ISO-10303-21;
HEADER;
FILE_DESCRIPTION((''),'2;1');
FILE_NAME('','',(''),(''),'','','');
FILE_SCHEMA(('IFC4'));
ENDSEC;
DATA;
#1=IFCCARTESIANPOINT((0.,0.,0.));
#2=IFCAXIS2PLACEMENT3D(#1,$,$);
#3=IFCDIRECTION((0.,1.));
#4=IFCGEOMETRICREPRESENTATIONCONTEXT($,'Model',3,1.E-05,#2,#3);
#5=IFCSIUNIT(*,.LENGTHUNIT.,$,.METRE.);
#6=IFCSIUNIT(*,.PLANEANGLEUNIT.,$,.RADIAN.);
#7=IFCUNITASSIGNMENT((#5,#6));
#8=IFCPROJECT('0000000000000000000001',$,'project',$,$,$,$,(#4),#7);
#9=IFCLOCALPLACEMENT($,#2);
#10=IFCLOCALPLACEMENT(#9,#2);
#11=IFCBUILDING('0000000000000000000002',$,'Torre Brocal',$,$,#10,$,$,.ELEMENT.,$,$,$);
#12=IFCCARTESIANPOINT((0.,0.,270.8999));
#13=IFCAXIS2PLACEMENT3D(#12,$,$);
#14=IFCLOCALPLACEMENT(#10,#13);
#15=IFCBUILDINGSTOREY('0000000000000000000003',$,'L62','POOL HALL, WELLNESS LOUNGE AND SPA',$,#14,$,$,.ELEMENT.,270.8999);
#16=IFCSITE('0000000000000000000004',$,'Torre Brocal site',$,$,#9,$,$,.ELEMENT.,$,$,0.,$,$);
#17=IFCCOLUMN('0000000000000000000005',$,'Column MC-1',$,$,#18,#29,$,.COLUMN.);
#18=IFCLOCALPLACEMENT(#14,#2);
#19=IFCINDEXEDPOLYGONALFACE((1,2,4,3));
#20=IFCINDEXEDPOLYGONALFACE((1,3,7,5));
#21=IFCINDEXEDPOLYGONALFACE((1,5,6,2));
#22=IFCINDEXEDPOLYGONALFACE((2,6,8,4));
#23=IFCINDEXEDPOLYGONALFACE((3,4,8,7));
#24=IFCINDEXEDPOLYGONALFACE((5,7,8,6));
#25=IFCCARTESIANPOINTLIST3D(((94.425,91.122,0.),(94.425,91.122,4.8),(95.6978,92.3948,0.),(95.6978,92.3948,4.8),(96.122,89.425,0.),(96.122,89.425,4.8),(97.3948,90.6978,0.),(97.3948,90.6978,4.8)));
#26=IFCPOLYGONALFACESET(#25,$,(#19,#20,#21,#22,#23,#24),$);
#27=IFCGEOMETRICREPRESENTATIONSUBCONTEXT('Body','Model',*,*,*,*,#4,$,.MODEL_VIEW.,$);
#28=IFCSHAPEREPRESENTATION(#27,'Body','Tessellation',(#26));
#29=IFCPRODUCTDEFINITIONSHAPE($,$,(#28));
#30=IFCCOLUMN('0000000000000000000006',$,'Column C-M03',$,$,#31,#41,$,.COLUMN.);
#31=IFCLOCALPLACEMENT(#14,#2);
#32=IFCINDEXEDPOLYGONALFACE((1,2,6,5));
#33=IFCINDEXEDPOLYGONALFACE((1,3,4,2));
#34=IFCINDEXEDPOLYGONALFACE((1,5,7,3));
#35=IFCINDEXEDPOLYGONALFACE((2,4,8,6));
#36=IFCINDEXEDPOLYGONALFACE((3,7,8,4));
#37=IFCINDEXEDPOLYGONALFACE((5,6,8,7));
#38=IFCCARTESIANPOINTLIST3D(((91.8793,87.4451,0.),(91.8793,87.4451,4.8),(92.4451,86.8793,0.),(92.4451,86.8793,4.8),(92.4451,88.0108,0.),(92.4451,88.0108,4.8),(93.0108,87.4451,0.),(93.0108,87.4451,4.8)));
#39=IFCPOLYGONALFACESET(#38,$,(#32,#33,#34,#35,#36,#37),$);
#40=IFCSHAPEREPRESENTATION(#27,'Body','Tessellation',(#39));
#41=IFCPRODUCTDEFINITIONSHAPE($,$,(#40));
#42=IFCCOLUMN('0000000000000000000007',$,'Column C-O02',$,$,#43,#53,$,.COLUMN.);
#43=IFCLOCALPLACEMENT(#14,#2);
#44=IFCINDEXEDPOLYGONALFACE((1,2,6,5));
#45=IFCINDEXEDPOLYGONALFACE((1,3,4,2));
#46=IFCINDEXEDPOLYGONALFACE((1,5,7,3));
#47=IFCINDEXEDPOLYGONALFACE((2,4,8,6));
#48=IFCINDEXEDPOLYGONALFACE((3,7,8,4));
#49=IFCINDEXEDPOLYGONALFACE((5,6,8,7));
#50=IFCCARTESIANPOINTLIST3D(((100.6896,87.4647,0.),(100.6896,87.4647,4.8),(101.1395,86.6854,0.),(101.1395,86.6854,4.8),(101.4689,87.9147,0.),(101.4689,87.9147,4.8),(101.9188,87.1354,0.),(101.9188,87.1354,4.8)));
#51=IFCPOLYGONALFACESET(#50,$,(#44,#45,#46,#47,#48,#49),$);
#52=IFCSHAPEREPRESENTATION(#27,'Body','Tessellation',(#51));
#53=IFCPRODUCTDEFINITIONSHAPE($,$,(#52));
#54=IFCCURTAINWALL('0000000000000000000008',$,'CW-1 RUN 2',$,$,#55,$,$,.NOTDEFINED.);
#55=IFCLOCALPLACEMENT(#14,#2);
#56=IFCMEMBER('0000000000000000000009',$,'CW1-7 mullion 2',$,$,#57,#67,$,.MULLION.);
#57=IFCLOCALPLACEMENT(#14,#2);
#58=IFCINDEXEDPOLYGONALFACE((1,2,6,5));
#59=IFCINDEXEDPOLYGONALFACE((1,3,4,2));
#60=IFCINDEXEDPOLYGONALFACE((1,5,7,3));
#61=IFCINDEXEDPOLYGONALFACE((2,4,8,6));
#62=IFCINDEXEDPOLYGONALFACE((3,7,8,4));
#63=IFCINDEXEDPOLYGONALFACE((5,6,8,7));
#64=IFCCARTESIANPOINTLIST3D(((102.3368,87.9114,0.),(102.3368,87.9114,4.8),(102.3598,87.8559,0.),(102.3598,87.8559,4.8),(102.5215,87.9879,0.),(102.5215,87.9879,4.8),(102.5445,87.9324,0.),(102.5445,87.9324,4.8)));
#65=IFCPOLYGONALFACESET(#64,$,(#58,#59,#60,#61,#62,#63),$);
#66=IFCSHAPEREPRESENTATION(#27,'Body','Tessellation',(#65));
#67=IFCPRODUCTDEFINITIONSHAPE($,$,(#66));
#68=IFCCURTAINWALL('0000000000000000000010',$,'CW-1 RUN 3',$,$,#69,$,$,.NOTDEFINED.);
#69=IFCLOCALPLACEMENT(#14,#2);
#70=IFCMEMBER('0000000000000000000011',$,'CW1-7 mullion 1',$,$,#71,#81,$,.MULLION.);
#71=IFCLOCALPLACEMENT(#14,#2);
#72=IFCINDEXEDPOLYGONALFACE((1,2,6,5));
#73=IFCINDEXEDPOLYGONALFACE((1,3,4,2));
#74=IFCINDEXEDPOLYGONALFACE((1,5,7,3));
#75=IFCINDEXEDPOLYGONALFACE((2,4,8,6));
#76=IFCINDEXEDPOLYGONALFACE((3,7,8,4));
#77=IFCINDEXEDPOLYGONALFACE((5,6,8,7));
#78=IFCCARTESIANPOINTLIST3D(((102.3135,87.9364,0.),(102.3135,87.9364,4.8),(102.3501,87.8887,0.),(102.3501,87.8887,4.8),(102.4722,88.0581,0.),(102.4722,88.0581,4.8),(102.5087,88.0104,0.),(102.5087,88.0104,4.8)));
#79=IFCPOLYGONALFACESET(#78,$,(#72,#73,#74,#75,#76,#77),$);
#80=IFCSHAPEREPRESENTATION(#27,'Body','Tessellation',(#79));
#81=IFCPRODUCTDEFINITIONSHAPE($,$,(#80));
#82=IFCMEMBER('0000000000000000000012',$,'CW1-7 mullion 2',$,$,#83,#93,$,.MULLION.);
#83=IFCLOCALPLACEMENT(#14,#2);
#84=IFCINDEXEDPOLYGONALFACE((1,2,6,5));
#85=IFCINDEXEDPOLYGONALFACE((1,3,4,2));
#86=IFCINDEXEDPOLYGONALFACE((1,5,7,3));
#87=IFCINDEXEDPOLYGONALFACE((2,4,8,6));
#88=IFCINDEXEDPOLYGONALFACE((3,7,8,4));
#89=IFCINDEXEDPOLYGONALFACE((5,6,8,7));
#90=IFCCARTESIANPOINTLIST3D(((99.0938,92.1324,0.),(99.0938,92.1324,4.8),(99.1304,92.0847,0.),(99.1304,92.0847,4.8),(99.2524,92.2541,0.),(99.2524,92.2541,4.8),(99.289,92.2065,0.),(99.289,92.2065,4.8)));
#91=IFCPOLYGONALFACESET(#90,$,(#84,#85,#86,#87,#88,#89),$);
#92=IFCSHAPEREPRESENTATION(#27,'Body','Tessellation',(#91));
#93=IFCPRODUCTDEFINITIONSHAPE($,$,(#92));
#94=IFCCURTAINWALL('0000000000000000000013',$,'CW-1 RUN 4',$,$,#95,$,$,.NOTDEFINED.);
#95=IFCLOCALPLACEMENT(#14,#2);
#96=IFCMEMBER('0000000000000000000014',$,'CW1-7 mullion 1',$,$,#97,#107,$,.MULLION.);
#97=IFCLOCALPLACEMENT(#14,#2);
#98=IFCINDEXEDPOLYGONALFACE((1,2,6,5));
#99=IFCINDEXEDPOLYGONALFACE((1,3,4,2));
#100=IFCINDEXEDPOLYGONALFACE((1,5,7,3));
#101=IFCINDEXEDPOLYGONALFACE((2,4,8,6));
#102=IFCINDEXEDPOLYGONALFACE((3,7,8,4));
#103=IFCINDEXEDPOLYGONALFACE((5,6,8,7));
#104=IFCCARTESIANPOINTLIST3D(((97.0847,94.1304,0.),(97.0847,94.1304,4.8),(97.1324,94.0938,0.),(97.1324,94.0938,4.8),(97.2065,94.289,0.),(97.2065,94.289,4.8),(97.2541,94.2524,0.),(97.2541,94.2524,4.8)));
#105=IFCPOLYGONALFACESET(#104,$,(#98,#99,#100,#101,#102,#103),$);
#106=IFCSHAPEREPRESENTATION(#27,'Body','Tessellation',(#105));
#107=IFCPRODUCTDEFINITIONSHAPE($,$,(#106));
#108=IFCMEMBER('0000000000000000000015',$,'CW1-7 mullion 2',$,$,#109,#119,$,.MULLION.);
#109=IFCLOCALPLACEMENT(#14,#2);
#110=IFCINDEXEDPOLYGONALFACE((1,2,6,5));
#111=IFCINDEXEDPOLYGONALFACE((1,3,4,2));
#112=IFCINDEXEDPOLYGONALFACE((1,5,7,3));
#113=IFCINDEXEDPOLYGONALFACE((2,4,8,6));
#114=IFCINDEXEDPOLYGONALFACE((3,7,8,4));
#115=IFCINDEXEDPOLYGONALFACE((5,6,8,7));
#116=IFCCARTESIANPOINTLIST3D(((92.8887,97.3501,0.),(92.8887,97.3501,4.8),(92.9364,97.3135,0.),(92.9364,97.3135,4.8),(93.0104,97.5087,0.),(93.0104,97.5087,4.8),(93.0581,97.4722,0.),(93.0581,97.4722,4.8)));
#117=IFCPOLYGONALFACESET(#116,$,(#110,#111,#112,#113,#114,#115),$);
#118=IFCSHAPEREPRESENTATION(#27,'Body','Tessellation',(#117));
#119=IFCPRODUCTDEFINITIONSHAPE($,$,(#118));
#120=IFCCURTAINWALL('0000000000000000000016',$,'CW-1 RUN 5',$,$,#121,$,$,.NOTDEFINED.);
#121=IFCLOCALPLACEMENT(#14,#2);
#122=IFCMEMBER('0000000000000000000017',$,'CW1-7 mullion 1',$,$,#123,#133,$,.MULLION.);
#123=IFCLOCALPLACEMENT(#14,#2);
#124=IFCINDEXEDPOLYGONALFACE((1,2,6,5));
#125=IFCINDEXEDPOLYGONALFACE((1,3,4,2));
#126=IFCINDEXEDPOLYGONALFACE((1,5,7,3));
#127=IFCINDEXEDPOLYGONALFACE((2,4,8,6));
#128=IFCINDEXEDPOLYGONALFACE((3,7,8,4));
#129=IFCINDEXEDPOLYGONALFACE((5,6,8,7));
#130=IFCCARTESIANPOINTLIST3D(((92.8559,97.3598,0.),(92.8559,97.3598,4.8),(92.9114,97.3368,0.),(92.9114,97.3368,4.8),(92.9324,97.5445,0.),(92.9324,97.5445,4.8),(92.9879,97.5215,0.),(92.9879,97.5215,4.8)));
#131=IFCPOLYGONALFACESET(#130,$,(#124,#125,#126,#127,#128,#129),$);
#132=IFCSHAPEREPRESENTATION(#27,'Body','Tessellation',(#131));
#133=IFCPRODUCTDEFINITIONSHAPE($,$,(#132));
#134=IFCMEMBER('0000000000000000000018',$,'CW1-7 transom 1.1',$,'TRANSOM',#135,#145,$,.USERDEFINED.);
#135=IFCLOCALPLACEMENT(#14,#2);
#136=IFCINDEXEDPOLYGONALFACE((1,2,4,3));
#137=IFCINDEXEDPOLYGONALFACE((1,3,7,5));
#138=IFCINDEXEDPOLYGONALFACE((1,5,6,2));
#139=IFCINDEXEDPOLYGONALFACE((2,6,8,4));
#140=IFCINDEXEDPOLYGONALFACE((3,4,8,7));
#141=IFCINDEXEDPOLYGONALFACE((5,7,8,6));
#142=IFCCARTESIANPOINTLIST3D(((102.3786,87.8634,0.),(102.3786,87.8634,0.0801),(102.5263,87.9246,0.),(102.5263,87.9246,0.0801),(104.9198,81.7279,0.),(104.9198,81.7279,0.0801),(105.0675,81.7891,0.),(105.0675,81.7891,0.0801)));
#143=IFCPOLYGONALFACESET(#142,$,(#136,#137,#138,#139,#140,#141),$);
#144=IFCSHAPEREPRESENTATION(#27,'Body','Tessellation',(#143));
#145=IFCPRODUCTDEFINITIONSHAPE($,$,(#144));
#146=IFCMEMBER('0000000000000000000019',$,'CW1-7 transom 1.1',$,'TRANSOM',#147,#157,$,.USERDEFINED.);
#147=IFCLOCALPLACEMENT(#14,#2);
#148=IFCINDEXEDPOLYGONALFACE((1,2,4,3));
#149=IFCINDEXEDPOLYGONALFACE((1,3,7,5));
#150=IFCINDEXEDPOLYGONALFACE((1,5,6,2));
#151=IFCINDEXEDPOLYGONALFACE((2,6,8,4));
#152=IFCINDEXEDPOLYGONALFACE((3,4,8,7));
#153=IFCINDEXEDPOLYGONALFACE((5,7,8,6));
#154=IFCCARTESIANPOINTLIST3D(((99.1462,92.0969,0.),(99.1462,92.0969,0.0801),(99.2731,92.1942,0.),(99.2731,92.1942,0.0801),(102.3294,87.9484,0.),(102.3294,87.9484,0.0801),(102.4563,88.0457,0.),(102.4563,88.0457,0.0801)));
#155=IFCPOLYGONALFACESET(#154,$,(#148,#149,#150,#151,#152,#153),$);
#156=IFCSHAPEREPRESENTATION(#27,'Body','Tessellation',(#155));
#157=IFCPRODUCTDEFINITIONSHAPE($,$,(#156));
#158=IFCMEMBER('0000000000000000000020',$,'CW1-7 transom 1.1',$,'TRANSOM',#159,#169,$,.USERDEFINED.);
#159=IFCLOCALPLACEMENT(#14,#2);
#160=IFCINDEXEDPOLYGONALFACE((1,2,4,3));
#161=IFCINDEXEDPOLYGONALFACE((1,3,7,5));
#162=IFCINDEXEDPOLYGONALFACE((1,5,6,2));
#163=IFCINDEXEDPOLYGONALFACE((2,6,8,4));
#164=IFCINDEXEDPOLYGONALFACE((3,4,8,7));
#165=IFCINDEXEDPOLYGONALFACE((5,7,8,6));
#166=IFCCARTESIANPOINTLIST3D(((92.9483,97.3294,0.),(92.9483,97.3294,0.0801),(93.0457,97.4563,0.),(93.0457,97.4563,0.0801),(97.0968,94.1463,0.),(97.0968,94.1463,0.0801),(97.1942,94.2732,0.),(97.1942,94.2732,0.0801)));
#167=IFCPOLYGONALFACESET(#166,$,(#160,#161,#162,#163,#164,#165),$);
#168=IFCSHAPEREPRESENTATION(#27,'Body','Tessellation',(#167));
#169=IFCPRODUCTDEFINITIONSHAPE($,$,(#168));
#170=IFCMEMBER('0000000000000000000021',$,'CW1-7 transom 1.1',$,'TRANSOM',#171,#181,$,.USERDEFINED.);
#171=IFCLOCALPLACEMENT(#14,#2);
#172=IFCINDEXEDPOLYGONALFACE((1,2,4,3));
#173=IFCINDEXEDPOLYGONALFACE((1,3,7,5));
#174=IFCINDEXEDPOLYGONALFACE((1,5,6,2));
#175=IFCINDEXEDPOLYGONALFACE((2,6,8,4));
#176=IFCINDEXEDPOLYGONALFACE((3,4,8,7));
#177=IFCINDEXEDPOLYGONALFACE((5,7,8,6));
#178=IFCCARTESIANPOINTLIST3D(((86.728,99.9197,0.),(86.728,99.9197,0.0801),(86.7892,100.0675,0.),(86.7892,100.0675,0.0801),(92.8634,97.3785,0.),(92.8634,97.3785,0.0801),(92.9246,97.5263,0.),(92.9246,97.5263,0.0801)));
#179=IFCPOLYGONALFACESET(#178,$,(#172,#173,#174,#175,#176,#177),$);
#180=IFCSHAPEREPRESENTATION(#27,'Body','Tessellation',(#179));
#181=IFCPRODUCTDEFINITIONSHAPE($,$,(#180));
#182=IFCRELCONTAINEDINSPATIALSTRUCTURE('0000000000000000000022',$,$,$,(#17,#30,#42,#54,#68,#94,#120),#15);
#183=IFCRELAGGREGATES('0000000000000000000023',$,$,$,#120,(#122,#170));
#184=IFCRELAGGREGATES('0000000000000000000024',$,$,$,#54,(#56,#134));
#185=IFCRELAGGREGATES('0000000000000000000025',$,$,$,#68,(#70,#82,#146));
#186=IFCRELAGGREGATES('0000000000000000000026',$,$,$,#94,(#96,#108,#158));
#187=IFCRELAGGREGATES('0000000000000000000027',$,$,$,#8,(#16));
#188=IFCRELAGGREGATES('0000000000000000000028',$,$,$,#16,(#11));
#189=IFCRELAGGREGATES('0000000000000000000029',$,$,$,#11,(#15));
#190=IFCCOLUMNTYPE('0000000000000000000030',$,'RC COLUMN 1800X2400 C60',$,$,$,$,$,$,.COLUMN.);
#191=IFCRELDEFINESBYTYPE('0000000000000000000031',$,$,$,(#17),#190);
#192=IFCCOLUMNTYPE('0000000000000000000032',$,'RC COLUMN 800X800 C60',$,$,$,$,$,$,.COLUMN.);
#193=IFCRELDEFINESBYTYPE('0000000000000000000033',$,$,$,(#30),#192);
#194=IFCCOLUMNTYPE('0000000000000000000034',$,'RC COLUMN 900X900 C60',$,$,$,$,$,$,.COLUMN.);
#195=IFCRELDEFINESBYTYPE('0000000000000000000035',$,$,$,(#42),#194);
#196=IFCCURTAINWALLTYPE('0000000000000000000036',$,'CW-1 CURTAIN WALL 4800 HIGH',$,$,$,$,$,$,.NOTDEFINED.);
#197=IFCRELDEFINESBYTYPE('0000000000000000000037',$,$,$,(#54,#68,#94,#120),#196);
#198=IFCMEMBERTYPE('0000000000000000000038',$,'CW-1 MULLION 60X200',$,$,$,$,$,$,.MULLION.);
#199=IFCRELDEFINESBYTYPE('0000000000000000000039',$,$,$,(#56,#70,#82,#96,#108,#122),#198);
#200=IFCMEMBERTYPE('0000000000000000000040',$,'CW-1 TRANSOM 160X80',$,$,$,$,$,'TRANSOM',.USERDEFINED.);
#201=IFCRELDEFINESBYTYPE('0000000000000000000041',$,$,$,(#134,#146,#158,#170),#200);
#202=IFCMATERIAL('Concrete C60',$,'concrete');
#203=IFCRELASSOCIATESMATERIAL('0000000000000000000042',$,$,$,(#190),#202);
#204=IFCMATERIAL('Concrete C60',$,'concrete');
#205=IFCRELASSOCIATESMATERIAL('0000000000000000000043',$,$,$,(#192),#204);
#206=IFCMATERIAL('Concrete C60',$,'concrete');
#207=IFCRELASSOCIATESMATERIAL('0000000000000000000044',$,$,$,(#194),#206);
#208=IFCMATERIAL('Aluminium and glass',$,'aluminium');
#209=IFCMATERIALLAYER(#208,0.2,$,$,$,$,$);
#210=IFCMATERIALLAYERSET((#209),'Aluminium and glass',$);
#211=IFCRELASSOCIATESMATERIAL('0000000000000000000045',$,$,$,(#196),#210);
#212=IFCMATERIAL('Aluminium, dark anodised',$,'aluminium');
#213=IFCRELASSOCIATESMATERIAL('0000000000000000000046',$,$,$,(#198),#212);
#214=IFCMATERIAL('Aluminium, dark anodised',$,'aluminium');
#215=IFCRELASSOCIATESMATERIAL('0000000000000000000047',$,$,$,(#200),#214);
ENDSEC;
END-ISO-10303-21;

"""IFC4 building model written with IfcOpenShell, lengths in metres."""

from ifc_helpers import new_model, si_unit, direction, frame, origin, origin_2d, place, context, subcontext, project, spatial, rectangle, extrude, material, layer, layer_set, material_profile, profile_set, type_object, element, aggregate, save


model = new_model("IFC4")

# Units and contexts
model_context = context("Model", 3, precision=1e-05, world=origin(), true_north=direction((0.0, 1.0)))
body_context = subcontext(model_context, "Body", "Model", "MODEL_VIEW")
ifc_project = project(units=[si_unit("LENGTHUNIT", "METRE"), si_unit("PLANEANGLEUNIT", "RADIAN")], contexts=[model_context])

# Site, building, storey
site_placement = place(None, origin())
site = spatial("IfcSite", under=ifc_project, at=site_placement, Name="Torre Brocal site", CompositionType="ELEMENT", RefElevation=0.0)
building_placement = place(site_placement, origin())
building = spatial("IfcBuilding", under=site, at=building_placement, Name="Torre Brocal", CompositionType="ELEMENT")
storey_placement = place(building_placement, frame((0.0, 0.0, 270.8999)))
storey = spatial("IfcBuildingStorey", under=building, at=storey_placement, Name="L62", Description="POOL HALL, WELLNESS LOUNGE AND SPA", CompositionType="ELEMENT", Elevation=270.8999)

# Columns
ifc_material_1 = material(Name="Concrete C60", Category="concrete")
ifc_material_profile_1 = material_profile(ifc_material_1, rectangle(XDim=1.8, YDim=2.3999, at=origin_2d()), Name="RC 1800X2400")
ifc_profile_set_1 = profile_set([ifc_material_profile_1], Name="Concrete C60")
column_type_1 = type_object("IfcColumnType", Name="RC COLUMN 1800X2400 C60", PredefinedType="COLUMN", material=ifc_profile_set_1)
column_1_placement = place(storey_placement, frame((95.9099, 90.9099, 0.0), z_axis=(0.0, 0.0, 1.0), x_axis=(0.707107, 0.707107, 0.0)))
element("IfcColumn", 1, at=column_1_placement, inside=storey, type_object=column_type_1, Name="Column MC-1", PredefinedType="COLUMN", context=body_context, shape_type="SweptSolid", body=[
    extrude(rectangle(XDim=1.8, YDim=2.3999, at=origin_2d()), origin(), (0.0, 0.0, 1.0), 4.8),
])
ifc_material_2 = material(Name="Concrete C60", Category="concrete")
ifc_material_profile_2 = material_profile(ifc_material_2, rectangle(XDim=0.8, YDim=0.8, at=origin_2d()), Name="RC 800X800")
ifc_profile_set_2 = profile_set([ifc_material_profile_2], Name="Concrete C60")
column_type_2 = type_object("IfcColumnType", Name="RC COLUMN 800X800 C60", PredefinedType="COLUMN", material=ifc_profile_set_2)
column_2_placement = place(storey_placement, frame((92.4451, 87.4451, 0.0), z_axis=(0.0, 0.0, 1.0), x_axis=(0.707107, 0.707107, 0.0)))
element("IfcColumn", 2, at=column_2_placement, inside=storey, type_object=column_type_2, Name="Column C-M03", PredefinedType="COLUMN", context=body_context, shape_type="SweptSolid", body=[
    extrude(rectangle(XDim=0.8, YDim=0.8, at=origin_2d()), origin(), (0.0, 0.0, 1.0), 4.8),
])
ifc_material_3 = material(Name="Concrete C60", Category="concrete")
ifc_material_profile_3 = material_profile(ifc_material_3, rectangle(XDim=0.8999, YDim=0.8999, at=origin_2d()), Name="RC 900X900")
ifc_profile_set_3 = profile_set([ifc_material_profile_3], Name="Concrete C60")
column_type_3 = type_object("IfcColumnType", Name="RC COLUMN 900X900 C60", PredefinedType="COLUMN", material=ifc_profile_set_3)
column_3_placement = place(storey_placement, frame((101.3042, 87.3, 0.0), z_axis=(0.0, 0.0, 1.0), x_axis=(0.866025, 0.5, 0.0)))
element("IfcColumn", 3, at=column_3_placement, inside=storey, type_object=column_type_3, Name="Column C-O02", PredefinedType="COLUMN", context=body_context, shape_type="SweptSolid", body=[
    extrude(rectangle(XDim=0.8999, YDim=0.8999, at=origin_2d()), origin(), (0.0, 0.0, 1.0), 4.8),
])

# Curtain wall, member
ifc_material_4 = material(Name="Aluminium and glass", Category="aluminium")
ifc_layer_1 = layer(ifc_material_4, 0.2)
ifc_layer_set_1 = layer_set([ifc_layer_1], Name="Aluminium and glass")
curtain_wall_type = type_object("IfcCurtainWallType", Name="CW-1 CURTAIN WALL 4800 HIGH", PredefinedType="NOTDEFINED", material=ifc_layer_set_1)
curtain_wall_1_placement = place(storey_placement, origin())
curtain_wall_1 = element("IfcCurtainWall", 4, at=curtain_wall_1_placement, inside=storey, type_object=curtain_wall_type, Name="CW-1 RUN 2", PredefinedType="NOTDEFINED")
ifc_material_5 = material(Name="Aluminium, dark anodised", Category="aluminium")
ifc_material_profile_4 = material_profile(ifc_material_5, rectangle(XDim=0.2, YDim=0.0601, at=origin_2d()), Name="CW-1 MULLION 60X200")
ifc_profile_set_4 = profile_set([ifc_material_profile_4], Name="Aluminium, dark anodised")
member_type_1 = type_object("IfcMemberType", Name="CW-1 MULLION 60X200", PredefinedType="MULLION", material=ifc_profile_set_4)
member_1_placement = place(storey_placement, frame((102.4407, 87.9219, 0.0), z_axis=(0.0, 0.0, 1.0), x_axis=(-0.92388, -0.382683, 0.0)))
member_1 = element("IfcMember", 5, at=member_1_placement, type_object=member_type_1, Name="CW1-7 mullion 2", PredefinedType="MULLION", context=body_context, shape_type="SweptSolid", body=[
    extrude(rectangle(XDim=0.2, YDim=0.0601, at=origin_2d()), origin(), (0.0, 0.0, 1.0), 4.8),
])

# Curtain walls, members
curtain_wall_2_placement = place(storey_placement, origin())
curtain_wall_2 = element("IfcCurtainWall", 6, at=curtain_wall_2_placement, inside=storey, type_object=curtain_wall_type, Name="CW-1 RUN 3", PredefinedType="NOTDEFINED")
member_2_placement = place(storey_placement, frame((102.4111, 87.9734, 0.0), z_axis=(0.0, 0.0, 1.0), x_axis=(-0.793353, -0.608761, 0.0)))
member_2 = element("IfcMember", 7, at=member_2_placement, type_object=member_type_1, Name="CW1-7 mullion 1", PredefinedType="MULLION", context=body_context, shape_type="SweptSolid", body=[
    extrude(rectangle(XDim=0.2, YDim=0.0601, at=origin_2d()), origin(), (0.0, 0.0, 1.0), 4.8),
])
member_3_placement = place(storey_placement, frame((99.1914, 92.1694, 0.0), z_axis=(0.0, 0.0, 1.0), x_axis=(-0.793353, -0.608761, 0.0)))
member_3 = element("IfcMember", 8, at=member_3_placement, type_object=member_type_1, Name="CW1-7 mullion 2", PredefinedType="MULLION", context=body_context, shape_type="SweptSolid", body=[
    extrude(rectangle(XDim=0.2, YDim=0.0601, at=origin_2d()), origin(), (0.0, 0.0, 1.0), 4.8),
])
curtain_wall_3_placement = place(storey_placement, origin())
curtain_wall_3 = element("IfcCurtainWall", 9, at=curtain_wall_3_placement, inside=storey, type_object=curtain_wall_type, Name="CW-1 RUN 4", PredefinedType="NOTDEFINED")
member_4_placement = place(storey_placement, frame((97.1694, 94.1914, 0.0), z_axis=(0.0, 0.0, 1.0), x_axis=(-0.608761, -0.793353, 0.0)))
member_4 = element("IfcMember", 10, at=member_4_placement, type_object=member_type_1, Name="CW1-7 mullion 1", PredefinedType="MULLION", context=body_context, shape_type="SweptSolid", body=[
    extrude(rectangle(XDim=0.2, YDim=0.0601, at=origin_2d()), origin(), (0.0, 0.0, 1.0), 4.8),
])
member_5_placement = place(storey_placement, frame((92.9734, 97.4111, 0.0), z_axis=(0.0, 0.0, 1.0), x_axis=(-0.608761, -0.793353, 0.0)))
member_5 = element("IfcMember", 11, at=member_5_placement, type_object=member_type_1, Name="CW1-7 mullion 2", PredefinedType="MULLION", context=body_context, shape_type="SweptSolid", body=[
    extrude(rectangle(XDim=0.2, YDim=0.0601, at=origin_2d()), origin(), (0.0, 0.0, 1.0), 4.8),
])

# Curtain wall, member
curtain_wall_4_placement = place(storey_placement, origin())
curtain_wall_4 = element("IfcCurtainWall", 12, at=curtain_wall_4_placement, inside=storey, type_object=curtain_wall_type, Name="CW-1 RUN 5", PredefinedType="NOTDEFINED")
member_6_placement = place(storey_placement, frame((92.9219, 97.4407, 0.0), z_axis=(0.0, 0.0, 1.0), x_axis=(-0.382683, -0.92388, 0.0)))
member_6 = element("IfcMember", 13, at=member_6_placement, type_object=member_type_1, Name="CW1-7 mullion 1", PredefinedType="MULLION", context=body_context, shape_type="SweptSolid", body=[
    extrude(rectangle(XDim=0.2, YDim=0.0601, at=origin_2d()), origin(), (0.0, 0.0, 1.0), 4.8),
])

# Members
ifc_material_6 = material(Name="Aluminium, dark anodised", Category="aluminium")
ifc_material_profile_5 = material_profile(ifc_material_6, rectangle(XDim=0.1599, YDim=0.0801, at=origin_2d()), Name="CW-1 TRANSOM 160X80")
ifc_profile_set_5 = profile_set([ifc_material_profile_5], Name="Aluminium, dark anodised")
member_type_2 = type_object("IfcMemberType", Name="CW-1 TRANSOM 160X80", ElementType="TRANSOM", PredefinedType="USERDEFINED", material=ifc_profile_set_5)
member_7_placement = place(storey_placement, frame((104.9937, 81.7585, 0.04), z_axis=(-0.382665, 0.923887, 0.0), x_axis=(-0.923887, -0.382665, 0.0)))
member_7 = element("IfcMember", 14, at=member_7_placement, type_object=member_type_2, Name="CW1-7 transom 1.1", ObjectType="TRANSOM", PredefinedType="USERDEFINED", context=body_context, shape_type="SweptSolid", body=[
    extrude(rectangle(XDim=0.1599, YDim=0.0801, at=origin_2d()), origin(), (0.0, 0.0, 1.0), 6.6409),
])
member_8_placement = place(storey_placement, frame((102.3928, 87.9971, 0.04), z_axis=(-0.608749, 0.793363, 0.0), x_axis=(-0.793363, -0.608749, 0.0)))
member_8 = element("IfcMember", 15, at=member_8_placement, type_object=member_type_2, Name="CW1-7 transom 1.1", ObjectType="TRANSOM", PredefinedType="USERDEFINED", context=body_context, shape_type="SweptSolid", body=[
    extrude(rectangle(XDim=0.1599, YDim=0.0801, at=origin_2d()), origin(), (0.0, 0.0, 1.0), 5.229),
])
member_9_placement = place(storey_placement, frame((97.1455, 94.2097, 0.04), z_axis=(-0.793363, 0.608749, 0.0), x_axis=(-0.608749, -0.793363, 0.0)))
member_9 = element("IfcMember", 16, at=member_9_placement, type_object=member_type_2, Name="CW1-7 transom 1.1", ObjectType="TRANSOM", PredefinedType="USERDEFINED", context=body_context, shape_type="SweptSolid", body=[
    extrude(rectangle(XDim=0.1599, YDim=0.0801, at=origin_2d()), origin(), (0.0, 0.0, 1.0), 5.229),
])
member_10_placement = place(storey_placement, frame((92.894, 97.4524, 0.04), z_axis=(-0.923887, 0.382665, 0.0), x_axis=(-0.382665, -0.923887, 0.0)))
member_10 = element("IfcMember", 17, at=member_10_placement, type_object=member_type_2, Name="CW1-7 transom 1.1", ObjectType="TRANSOM", PredefinedType="USERDEFINED", context=body_context, shape_type="SweptSolid", body=[
    extrude(rectangle(XDim=0.1599, YDim=0.0801, at=origin_2d()), origin(), (0.0, 0.0, 1.0), 6.6409),
])
aggregate(curtain_wall_4, [member_6, member_10])

aggregate(curtain_wall_1, [member_1, member_7])
aggregate(curtain_wall_2, [member_2, member_3, member_8])
aggregate(curtain_wall_3, [member_4, member_5, member_9])

save(model, "model.ifc")
